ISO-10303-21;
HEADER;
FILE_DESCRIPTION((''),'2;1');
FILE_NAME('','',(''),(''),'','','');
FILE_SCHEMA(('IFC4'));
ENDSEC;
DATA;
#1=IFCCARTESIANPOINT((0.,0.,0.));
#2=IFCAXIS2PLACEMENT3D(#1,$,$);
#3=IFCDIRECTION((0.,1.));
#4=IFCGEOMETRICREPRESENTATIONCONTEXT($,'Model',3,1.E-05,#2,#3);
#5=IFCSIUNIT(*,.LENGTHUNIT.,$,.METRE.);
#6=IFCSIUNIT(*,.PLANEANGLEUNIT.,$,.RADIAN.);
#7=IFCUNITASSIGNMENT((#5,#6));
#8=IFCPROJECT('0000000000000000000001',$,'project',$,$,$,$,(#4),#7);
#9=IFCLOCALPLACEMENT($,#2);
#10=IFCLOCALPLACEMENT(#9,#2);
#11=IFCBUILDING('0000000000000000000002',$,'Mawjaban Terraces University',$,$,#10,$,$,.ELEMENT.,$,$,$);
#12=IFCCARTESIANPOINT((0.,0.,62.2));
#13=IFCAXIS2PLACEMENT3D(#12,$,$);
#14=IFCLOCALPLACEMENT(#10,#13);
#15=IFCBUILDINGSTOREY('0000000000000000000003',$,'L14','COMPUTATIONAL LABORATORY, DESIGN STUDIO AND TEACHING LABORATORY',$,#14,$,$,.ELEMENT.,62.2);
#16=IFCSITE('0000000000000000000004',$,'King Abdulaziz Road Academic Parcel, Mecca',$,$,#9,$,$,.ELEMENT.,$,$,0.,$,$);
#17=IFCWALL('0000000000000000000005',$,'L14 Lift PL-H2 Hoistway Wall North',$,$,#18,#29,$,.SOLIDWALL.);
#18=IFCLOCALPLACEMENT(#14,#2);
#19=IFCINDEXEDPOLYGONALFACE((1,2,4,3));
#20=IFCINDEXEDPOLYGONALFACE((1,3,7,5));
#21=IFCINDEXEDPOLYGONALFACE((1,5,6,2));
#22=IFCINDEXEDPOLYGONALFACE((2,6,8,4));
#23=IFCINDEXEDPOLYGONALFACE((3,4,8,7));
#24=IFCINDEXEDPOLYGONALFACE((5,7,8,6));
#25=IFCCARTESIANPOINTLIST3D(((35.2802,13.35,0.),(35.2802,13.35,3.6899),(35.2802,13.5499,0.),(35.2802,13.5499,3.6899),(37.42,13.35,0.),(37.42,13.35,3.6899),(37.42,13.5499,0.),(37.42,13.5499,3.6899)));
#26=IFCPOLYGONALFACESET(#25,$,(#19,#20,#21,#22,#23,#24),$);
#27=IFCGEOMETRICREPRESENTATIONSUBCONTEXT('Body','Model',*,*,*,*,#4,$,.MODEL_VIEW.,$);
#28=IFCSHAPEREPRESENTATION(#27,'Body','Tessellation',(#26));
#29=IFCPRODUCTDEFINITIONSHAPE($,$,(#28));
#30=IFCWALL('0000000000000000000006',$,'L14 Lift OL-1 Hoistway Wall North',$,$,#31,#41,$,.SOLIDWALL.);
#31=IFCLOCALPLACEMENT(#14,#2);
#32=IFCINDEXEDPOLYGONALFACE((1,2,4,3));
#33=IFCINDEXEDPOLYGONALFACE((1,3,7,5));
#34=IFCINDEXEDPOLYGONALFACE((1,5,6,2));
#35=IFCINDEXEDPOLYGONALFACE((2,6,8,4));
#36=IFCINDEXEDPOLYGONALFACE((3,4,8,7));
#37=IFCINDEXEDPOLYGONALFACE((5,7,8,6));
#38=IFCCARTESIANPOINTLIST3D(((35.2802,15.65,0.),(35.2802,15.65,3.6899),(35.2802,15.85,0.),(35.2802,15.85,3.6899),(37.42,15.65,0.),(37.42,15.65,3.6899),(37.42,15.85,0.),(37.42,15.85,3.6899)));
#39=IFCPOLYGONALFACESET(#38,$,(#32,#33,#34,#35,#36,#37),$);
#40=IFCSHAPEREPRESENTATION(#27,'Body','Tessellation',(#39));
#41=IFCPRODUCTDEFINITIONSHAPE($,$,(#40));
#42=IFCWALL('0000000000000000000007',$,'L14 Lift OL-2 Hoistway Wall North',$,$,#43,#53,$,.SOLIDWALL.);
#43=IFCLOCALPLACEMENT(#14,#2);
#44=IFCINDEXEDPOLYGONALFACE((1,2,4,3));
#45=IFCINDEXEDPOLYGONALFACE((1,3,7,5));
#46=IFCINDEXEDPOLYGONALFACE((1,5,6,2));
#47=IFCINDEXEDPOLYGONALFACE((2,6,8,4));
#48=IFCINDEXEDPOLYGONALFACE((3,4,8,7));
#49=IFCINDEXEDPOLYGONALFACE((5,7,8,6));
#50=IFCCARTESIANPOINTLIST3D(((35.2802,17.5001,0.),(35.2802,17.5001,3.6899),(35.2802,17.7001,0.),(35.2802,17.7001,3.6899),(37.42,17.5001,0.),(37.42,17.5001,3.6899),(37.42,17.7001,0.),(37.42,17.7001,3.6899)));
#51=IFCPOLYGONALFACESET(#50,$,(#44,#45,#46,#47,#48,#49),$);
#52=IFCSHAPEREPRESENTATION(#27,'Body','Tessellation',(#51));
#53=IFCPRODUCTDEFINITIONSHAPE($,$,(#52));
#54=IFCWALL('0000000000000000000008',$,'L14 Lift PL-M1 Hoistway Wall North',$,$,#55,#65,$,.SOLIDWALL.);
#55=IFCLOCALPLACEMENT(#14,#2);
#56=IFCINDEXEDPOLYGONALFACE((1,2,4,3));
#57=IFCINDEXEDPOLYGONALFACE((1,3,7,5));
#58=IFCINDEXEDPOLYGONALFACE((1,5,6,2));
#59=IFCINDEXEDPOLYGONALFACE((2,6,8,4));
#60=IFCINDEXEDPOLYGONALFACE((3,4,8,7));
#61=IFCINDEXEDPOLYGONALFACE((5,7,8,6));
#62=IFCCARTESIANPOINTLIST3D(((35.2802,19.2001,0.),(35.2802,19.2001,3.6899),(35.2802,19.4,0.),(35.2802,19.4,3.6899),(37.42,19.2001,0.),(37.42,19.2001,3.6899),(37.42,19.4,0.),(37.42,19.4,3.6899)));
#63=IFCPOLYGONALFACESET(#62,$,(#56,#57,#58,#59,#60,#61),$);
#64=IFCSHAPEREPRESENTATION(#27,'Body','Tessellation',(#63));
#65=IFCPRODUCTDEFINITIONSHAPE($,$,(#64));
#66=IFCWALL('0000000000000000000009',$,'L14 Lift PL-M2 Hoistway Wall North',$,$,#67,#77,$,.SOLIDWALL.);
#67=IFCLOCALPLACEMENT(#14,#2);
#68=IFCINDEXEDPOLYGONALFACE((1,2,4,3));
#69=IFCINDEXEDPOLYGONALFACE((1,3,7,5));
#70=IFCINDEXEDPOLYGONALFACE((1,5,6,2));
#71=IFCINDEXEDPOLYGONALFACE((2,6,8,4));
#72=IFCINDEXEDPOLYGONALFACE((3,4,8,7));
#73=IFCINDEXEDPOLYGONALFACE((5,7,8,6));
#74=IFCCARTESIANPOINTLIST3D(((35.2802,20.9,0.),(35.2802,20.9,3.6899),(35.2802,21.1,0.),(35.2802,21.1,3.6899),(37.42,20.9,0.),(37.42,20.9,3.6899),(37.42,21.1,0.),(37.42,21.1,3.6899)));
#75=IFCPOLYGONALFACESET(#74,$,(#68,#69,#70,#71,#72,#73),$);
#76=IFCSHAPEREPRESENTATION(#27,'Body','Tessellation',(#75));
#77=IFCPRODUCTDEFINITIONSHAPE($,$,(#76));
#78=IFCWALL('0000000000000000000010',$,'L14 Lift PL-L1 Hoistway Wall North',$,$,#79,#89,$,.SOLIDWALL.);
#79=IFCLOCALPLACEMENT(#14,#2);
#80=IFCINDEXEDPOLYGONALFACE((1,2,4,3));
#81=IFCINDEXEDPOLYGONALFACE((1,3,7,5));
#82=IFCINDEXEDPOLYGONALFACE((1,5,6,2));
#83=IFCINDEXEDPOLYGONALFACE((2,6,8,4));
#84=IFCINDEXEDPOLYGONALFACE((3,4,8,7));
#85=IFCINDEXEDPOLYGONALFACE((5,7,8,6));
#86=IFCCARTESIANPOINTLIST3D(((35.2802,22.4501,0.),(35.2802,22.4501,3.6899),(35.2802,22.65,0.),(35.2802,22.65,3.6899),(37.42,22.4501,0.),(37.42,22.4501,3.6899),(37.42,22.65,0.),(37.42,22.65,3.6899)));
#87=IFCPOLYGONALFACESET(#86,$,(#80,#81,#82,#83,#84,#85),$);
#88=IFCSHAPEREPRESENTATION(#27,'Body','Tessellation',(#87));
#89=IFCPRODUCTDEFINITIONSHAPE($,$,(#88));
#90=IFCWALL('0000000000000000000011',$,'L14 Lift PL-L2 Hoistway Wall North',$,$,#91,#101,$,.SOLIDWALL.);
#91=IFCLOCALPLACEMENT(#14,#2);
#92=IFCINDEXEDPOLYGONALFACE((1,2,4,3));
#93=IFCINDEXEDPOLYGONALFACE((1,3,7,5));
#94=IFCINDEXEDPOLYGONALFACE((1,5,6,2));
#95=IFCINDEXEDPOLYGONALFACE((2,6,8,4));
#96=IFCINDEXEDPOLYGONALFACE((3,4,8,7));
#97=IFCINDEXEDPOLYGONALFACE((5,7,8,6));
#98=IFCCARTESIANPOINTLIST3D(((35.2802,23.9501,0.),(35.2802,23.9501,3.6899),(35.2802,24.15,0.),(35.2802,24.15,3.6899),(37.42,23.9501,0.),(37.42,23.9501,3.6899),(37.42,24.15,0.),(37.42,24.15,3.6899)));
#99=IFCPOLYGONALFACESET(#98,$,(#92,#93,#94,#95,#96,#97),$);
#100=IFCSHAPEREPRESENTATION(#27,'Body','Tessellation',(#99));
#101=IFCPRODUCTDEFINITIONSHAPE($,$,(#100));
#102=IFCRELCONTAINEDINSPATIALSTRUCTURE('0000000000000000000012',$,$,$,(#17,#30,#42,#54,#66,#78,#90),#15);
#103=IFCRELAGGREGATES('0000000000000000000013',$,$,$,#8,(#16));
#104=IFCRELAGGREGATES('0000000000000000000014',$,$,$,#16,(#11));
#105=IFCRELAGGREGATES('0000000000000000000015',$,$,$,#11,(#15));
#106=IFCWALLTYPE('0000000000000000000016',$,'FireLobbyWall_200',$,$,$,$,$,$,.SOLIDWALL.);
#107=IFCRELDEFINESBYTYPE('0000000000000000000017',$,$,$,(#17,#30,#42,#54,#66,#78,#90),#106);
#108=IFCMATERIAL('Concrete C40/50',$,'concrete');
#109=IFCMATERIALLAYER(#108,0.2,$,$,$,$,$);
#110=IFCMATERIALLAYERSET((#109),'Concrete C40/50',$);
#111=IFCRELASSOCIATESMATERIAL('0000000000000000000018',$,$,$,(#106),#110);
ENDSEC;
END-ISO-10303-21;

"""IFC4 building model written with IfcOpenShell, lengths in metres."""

from ifc_helpers import new_model, si_unit, direction, frame, frame_2d, origin, place, context, subcontext, project, spatial, rectangle, extrude, material, layer, layer_set, type_object, element, save


model = new_model("IFC4")

# Units and contexts
model_context = context("Model", 3, precision=1e-05, world=origin(), true_north=direction((0.0, 1.0)))
body_context = subcontext(model_context, "Body", "Model", "MODEL_VIEW")
ifc_project = project(units=[si_unit("LENGTHUNIT", "METRE"), si_unit("PLANEANGLEUNIT", "RADIAN")], contexts=[model_context])

# Site, building, storey
site_placement = place(None, origin())
site = spatial("IfcSite", under=ifc_project, at=site_placement, Name="King Abdulaziz Road Academic Parcel, Mecca", CompositionType="ELEMENT", RefElevation=0.0)
building_placement = place(site_placement, origin())
building = spatial("IfcBuilding", under=site, at=building_placement, Name="Mawjaban Terraces University", CompositionType="ELEMENT")
storey_placement = place(building_placement, frame((0.0, 0.0, 62.2)))
storey = spatial("IfcBuildingStorey", under=building, at=storey_placement, Name="L14", Description="COMPUTATIONAL LABORATORY, DESIGN STUDIO AND TEACHING LABORATORY", CompositionType="ELEMENT", Elevation=62.2)

# Walls
ifc_material_1 = material(Name="Concrete C40/50", Category="concrete")
ifc_layer_1 = layer(ifc_material_1, 0.2)
ifc_layer_set_1 = layer_set([ifc_layer_1], Name="Concrete C40/50")
wall_type_1 = type_object("IfcWallType", Name="FireLobbyWall_200", PredefinedType="SOLIDWALL", material=ifc_layer_set_1)
for number, where, z_axis, x_axis, name in (
    (1, (37.4199, 13.45, 0.0), (0.0, 0.0, 1.0), (-1.0, 0.0, 0.0), "L14 Lift PL-H2 Hoistway Wall North"),
    (2, (37.4199, 15.75, 0.0), (0.0, 0.0, 1.0), (-1.0, 0.0, 0.0), "L14 Lift OL-1 Hoistway Wall North"),
    (3, (37.4199, 17.6001, 0.0), (0.0, 0.0, 1.0), (-1.0, 0.0, 0.0), "L14 Lift OL-2 Hoistway Wall North"),
    (4, (37.4199, 19.3, 0.0), (0.0, 0.0, 1.0), (-1.0, 0.0, 0.0), "L14 Lift PL-M1 Hoistway Wall North"),
    (5, (37.4199, 21.0, 0.0), (0.0, 0.0, 1.0), (-1.0, 0.0, 0.0), "L14 Lift PL-M2 Hoistway Wall North"),
    (6, (37.4199, 22.55, 0.0), (0.0, 0.0, 1.0), (-1.0, 0.0, 0.0), "L14 Lift PL-L1 Hoistway Wall North"),
    (7, (37.4199, 24.05, 0.0), (0.0, 0.0, 1.0), (-1.0, 0.0, 0.0), "L14 Lift PL-L2 Hoistway Wall North"),
):
    element("IfcWall", number, at=place(storey_placement, frame(where, z_axis=z_axis, x_axis=x_axis)), inside=storey, type_object=wall_type_1, Name=name, PredefinedType="SOLIDWALL", context=body_context, shape_type="SweptSolid", body=[
        extrude(rectangle(XDim=2.1399, YDim=0.2, at=frame_2d((1.0698, 0.0))), origin(), (0.0, 0.0, 1.0), 3.6899),
    ])

save(model, "model.ifc")
